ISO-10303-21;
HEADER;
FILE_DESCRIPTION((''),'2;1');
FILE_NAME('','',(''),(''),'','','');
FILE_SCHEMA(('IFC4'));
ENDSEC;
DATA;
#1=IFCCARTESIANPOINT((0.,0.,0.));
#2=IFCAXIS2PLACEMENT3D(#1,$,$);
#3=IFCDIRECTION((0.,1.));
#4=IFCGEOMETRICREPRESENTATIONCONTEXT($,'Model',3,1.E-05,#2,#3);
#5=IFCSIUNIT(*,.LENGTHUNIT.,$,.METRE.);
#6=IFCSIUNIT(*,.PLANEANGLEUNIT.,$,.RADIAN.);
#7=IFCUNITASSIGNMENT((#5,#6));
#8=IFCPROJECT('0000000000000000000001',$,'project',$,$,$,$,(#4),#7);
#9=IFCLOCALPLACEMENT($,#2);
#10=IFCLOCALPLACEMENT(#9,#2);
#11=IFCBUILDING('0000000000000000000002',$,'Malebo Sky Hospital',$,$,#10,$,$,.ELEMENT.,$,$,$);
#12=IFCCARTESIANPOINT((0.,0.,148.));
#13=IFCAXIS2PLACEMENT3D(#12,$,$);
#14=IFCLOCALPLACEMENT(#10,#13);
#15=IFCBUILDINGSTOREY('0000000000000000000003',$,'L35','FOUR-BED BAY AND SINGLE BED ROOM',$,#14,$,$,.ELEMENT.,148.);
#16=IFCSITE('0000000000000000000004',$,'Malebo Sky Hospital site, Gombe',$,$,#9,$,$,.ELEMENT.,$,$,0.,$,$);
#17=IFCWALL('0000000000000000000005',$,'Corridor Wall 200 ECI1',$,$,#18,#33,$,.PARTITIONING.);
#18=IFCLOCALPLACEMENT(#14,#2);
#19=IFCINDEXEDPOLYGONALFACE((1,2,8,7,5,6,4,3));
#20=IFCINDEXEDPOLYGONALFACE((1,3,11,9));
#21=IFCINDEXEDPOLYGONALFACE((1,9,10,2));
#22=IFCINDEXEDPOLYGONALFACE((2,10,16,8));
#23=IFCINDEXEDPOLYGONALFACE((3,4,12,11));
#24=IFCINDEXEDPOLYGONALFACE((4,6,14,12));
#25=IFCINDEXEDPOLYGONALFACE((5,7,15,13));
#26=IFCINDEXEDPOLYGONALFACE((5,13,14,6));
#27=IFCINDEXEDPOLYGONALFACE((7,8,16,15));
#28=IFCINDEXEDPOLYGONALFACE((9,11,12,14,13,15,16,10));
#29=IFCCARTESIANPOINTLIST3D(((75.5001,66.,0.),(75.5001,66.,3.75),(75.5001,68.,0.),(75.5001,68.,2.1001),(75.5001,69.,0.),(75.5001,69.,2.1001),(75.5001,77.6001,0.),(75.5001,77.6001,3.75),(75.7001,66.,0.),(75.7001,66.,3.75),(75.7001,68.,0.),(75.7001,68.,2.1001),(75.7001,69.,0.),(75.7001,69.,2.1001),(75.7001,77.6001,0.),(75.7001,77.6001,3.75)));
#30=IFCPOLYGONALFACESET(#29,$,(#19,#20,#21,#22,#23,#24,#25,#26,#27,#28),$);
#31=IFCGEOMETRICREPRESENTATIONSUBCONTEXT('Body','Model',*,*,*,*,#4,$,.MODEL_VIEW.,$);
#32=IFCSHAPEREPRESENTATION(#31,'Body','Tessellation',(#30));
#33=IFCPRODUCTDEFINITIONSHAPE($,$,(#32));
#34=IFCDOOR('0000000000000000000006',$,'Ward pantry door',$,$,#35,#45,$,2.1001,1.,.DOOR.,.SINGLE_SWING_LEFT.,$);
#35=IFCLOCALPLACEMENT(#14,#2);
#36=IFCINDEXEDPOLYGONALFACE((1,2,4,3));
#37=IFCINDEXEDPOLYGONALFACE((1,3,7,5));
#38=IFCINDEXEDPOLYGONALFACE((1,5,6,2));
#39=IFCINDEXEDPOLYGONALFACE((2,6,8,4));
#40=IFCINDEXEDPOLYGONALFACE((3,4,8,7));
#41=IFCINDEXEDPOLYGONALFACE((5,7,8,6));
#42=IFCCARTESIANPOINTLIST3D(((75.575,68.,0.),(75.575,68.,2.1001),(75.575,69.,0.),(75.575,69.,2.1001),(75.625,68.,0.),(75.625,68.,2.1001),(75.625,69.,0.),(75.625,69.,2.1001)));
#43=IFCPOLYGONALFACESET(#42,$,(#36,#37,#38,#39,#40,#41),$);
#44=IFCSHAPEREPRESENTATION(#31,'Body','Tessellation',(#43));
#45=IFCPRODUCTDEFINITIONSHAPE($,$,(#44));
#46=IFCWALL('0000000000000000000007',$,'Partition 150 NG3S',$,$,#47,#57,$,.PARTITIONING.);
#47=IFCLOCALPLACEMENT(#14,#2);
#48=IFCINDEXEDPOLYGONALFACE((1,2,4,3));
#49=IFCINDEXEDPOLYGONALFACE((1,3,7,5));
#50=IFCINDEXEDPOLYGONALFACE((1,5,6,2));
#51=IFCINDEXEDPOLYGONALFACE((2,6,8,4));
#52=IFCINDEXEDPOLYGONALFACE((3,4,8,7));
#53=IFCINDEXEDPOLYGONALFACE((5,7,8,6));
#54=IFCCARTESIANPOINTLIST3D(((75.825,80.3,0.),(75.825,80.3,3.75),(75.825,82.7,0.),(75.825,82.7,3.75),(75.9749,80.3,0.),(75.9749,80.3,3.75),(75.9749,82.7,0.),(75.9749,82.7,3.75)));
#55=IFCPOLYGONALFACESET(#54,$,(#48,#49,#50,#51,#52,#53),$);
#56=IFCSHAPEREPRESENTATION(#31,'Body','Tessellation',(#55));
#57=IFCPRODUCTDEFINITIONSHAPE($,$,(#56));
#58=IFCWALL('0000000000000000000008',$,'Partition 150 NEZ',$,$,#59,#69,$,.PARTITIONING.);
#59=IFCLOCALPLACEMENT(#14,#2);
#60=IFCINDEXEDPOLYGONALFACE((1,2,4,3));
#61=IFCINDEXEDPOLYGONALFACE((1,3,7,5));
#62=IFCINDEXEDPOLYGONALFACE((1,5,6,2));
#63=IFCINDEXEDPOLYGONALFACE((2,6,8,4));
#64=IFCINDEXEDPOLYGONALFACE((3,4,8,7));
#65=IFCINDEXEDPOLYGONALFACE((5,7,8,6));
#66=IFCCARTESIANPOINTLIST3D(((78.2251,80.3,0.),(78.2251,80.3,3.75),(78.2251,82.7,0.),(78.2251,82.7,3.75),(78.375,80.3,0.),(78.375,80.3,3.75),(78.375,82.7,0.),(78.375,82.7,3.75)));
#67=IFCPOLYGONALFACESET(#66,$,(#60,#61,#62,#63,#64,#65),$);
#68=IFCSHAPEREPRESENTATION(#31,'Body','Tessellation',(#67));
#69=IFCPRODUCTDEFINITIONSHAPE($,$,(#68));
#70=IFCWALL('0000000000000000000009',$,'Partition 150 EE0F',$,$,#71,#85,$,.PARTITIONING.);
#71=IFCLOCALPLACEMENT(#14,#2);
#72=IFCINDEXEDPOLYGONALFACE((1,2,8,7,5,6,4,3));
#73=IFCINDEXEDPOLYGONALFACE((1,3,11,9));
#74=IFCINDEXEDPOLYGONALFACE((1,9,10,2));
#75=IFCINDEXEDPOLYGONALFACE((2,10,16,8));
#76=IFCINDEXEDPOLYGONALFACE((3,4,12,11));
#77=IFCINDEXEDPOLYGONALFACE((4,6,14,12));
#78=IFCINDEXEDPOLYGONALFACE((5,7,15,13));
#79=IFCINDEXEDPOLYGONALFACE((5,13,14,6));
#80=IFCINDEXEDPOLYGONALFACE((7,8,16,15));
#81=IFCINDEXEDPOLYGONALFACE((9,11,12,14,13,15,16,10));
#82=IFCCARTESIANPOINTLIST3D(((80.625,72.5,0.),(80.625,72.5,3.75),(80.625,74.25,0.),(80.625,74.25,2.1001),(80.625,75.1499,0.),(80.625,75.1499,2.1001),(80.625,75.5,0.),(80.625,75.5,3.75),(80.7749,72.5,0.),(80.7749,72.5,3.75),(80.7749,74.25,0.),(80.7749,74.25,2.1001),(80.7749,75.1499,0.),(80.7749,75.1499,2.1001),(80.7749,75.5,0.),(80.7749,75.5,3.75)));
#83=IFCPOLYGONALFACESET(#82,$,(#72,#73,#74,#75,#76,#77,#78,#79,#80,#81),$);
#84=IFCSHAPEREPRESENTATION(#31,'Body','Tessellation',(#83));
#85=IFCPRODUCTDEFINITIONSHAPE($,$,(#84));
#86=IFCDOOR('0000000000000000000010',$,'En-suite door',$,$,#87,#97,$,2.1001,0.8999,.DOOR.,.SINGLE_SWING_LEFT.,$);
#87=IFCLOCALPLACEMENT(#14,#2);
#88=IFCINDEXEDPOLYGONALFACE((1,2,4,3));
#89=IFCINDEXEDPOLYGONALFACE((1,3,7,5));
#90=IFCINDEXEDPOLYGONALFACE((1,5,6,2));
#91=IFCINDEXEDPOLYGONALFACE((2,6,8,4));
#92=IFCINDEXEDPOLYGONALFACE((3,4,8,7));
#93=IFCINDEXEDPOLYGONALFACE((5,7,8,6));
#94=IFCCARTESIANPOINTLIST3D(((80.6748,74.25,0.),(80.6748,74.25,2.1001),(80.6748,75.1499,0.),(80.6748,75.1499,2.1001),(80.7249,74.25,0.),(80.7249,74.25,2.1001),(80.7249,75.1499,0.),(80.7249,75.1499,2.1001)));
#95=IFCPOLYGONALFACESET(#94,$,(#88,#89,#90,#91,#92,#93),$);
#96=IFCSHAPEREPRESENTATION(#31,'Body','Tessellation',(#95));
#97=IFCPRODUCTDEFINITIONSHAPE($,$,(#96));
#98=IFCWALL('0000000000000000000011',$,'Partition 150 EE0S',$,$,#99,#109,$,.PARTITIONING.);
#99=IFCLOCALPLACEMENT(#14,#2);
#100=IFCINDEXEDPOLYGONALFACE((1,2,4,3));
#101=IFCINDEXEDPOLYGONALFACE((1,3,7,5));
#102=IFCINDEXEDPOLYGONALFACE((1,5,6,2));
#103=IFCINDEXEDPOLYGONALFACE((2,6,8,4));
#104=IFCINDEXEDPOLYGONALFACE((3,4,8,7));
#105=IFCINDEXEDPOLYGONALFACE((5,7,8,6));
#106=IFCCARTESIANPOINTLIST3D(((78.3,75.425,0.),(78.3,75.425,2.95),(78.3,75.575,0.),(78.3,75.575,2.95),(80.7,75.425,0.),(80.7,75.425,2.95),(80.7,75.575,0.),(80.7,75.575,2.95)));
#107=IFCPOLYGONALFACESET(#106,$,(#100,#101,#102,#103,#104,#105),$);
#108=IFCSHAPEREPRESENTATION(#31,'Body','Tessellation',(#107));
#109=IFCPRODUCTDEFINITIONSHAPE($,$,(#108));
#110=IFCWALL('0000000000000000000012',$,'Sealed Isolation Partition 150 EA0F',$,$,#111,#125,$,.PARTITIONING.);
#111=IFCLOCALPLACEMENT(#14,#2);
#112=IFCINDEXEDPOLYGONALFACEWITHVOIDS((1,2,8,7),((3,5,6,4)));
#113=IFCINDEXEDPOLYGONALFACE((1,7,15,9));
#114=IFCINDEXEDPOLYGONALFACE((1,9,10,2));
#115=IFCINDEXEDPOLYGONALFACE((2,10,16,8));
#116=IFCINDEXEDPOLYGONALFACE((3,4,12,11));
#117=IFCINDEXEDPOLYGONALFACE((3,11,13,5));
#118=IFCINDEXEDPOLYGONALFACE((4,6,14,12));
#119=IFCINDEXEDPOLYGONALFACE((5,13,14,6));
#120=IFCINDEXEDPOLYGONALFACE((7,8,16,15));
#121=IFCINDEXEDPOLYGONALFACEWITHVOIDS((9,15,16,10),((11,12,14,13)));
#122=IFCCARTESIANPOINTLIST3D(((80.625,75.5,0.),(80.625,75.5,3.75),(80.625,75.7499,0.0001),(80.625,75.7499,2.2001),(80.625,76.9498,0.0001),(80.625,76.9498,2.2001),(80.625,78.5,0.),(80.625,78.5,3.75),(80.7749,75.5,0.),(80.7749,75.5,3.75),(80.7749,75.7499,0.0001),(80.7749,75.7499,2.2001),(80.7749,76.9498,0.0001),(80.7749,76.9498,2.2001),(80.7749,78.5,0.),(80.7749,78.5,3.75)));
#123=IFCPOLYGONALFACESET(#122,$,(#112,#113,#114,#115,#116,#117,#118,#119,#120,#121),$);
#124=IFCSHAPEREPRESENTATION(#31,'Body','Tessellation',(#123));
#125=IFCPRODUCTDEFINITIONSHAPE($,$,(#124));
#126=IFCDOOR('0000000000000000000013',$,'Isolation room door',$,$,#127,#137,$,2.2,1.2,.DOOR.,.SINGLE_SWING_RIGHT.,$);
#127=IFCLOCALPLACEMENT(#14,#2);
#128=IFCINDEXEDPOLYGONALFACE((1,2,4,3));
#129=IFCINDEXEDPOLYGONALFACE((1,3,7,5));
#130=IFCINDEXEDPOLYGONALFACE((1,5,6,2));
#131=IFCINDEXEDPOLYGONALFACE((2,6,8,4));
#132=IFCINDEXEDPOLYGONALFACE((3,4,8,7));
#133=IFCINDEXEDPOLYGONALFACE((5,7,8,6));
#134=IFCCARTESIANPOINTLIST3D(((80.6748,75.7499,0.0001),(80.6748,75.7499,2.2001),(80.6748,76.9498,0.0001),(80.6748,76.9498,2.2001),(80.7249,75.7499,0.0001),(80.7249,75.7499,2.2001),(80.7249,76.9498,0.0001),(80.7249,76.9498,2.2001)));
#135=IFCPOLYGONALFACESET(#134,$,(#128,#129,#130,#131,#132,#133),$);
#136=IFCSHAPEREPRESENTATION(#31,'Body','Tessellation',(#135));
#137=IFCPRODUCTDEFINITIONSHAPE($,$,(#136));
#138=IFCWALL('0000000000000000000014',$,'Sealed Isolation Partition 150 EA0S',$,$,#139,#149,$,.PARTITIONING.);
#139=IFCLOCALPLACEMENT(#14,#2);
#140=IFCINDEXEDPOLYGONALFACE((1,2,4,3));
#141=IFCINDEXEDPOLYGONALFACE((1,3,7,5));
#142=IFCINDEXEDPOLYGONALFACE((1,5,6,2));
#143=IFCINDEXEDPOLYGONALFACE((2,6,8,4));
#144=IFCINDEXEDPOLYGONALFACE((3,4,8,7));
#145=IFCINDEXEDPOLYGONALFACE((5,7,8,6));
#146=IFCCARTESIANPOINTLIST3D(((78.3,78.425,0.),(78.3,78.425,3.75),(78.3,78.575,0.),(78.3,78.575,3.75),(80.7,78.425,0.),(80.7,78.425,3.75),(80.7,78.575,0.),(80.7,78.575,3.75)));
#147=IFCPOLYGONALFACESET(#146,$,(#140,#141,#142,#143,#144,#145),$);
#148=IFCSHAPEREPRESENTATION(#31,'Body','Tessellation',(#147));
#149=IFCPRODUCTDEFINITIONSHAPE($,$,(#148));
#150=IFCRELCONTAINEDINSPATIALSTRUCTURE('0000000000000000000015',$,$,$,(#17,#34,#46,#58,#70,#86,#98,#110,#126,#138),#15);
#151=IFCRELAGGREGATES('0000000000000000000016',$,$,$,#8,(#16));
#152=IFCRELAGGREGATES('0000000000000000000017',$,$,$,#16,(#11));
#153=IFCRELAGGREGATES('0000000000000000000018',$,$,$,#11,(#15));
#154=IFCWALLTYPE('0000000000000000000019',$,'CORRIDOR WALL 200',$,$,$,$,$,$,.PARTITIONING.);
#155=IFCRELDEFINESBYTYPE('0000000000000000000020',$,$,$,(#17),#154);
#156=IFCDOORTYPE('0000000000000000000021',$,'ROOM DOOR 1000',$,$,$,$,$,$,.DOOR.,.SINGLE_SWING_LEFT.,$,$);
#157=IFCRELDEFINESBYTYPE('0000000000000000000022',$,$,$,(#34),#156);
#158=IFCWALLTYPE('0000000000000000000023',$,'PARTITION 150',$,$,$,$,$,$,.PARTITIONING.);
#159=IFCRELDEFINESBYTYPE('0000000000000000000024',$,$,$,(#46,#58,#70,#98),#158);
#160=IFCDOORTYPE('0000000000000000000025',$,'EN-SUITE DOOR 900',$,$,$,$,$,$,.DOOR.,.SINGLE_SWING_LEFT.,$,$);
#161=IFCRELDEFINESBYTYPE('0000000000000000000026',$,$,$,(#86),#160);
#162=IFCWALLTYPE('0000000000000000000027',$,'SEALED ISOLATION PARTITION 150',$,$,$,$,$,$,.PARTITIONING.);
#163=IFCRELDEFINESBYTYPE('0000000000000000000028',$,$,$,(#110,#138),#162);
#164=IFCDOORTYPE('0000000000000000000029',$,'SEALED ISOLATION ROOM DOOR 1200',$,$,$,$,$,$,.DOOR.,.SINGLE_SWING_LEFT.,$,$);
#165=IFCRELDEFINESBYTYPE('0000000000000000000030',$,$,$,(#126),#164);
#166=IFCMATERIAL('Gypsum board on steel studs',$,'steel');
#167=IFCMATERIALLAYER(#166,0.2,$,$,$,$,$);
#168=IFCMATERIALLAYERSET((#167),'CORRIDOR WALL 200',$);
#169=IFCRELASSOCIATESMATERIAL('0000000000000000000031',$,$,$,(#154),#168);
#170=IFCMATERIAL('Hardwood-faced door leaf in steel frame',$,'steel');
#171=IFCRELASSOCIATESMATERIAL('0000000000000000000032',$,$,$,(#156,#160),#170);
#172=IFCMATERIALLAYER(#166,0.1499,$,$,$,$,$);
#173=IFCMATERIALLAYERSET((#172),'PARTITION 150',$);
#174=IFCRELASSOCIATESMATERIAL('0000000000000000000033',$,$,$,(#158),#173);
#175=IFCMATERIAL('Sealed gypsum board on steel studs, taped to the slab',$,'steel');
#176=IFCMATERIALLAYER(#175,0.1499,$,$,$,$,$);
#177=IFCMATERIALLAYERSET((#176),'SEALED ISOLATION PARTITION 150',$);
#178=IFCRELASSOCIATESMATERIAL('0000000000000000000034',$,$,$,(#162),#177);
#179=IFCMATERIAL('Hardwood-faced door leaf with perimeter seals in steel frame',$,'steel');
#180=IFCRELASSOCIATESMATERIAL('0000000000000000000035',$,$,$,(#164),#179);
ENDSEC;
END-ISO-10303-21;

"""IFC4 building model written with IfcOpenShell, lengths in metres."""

from ifc_helpers import new_model, si_unit, direction, frame, frame_2d, origin, place, context, subcontext, project, spatial, rectangle, extrude, material, layer, layer_set, type_object, element, fill, save


model = new_model("IFC4")

# Units and contexts
model_context = context("Model", 3, precision=1e-05, world=origin(), true_north=direction((0.0, 1.0)))
body_context = subcontext(model_context, "Body", "Model", "MODEL_VIEW")
ifc_project = project(units=[si_unit("LENGTHUNIT", "METRE"), si_unit("PLANEANGLEUNIT", "RADIAN")], contexts=[model_context])

# Site, building, storey
site_placement = place(None, origin())
site = spatial("IfcSite", under=ifc_project, at=site_placement, Name="Malebo Sky Hospital site, Gombe", CompositionType="ELEMENT", RefElevation=0.0)
building_placement = place(site_placement, origin())
building = spatial("IfcBuilding", under=site, at=building_placement, Name="Malebo Sky Hospital", CompositionType="ELEMENT")
storey_placement = place(building_placement, frame((0.0, 0.0, 148.0)))
storey = spatial("IfcBuildingStorey", under=building, at=storey_placement, Name="L35", Description="FOUR-BED BAY AND SINGLE BED ROOM", CompositionType="ELEMENT", Elevation=148.0)

# Wall, opening, door
ifc_material_1 = material(Name="Gypsum board on steel studs", Category="steel")
ifc_layer_1 = layer(ifc_material_1, 0.2)
ifc_layer_set_1 = layer_set([ifc_layer_1], Name="CORRIDOR WALL 200")
wall_type_1 = type_object("IfcWallType", Name="CORRIDOR WALL 200", PredefinedType="PARTITIONING", material=ifc_layer_set_1)
wall_1_placement = place(storey_placement, frame((75.6001, 77.6001, 0.0), z_axis=(0.0, 0.0, 1.0), x_axis=(0.0, -1.0, 0.0)))
wall_1 = element("IfcWall", 1, at=wall_1_placement, inside=storey, type_object=wall_type_1, Name="Corridor Wall 200 ECI1", PredefinedType="PARTITIONING", context=body_context, shape_type="SweptSolid", body=[
    extrude(rectangle(XDim=11.6001, YDim=0.2, at=frame_2d((5.8, 0.0))), origin(), (0.0, 0.0, 1.0), 3.75),
])
opening_1_placement = place(wall_1_placement, frame((8.6001, 0.0, 0.0)))
opening_1 = element("IfcOpeningElement", 2, at=opening_1_placement, cuts=wall_1, PredefinedType="OPENING", context=body_context, shape_type="SweptSolid", body=[
    extrude(rectangle(XDim=1.0, YDim=2.1001, at=frame_2d((0.5, 1.05))), frame((0.0, 0.1099, 0.0), z_axis=(0.0, -1.0, 0.0), x_axis=(1.0, 0.0, 0.0)), (0.0, 0.0, 1.0), 0.22),
])
ifc_material_2 = material(Name="Hardwood-faced door leaf in steel frame", Category="steel")
door_type_1 = type_object("IfcDoorType", Name="ROOM DOOR 1000", OperationType="SINGLE_SWING_LEFT", PredefinedType="DOOR", material=ifc_material_2)
door_1_placement = place(opening_1_placement, origin())
door_1 = element("IfcDoor", 3, at=door_1_placement, inside=storey, type_object=door_type_1, Name="Ward pantry door", OperationType="SINGLE_SWING_LEFT", OverallHeight=2.1001, OverallWidth=1.0, PredefinedType="DOOR", context=body_context, shape_type="SweptSolid", body=[
    extrude(rectangle(XDim=1.0, YDim=2.1001, at=frame_2d((0.5, 1.05))), frame((0.0, 0.0249, 0.0), z_axis=(0.0, -1.0, 0.0), x_axis=(1.0, 0.0, 0.0)), (0.0, 0.0, 1.0), 0.05),
])
fill(opening_1, door_1)

# Walls
ifc_layer_2 = layer(ifc_material_1, 0.1499)
ifc_layer_set_2 = layer_set([ifc_layer_2], Name="PARTITION 150")
wall_type_2 = type_object("IfcWallType", Name="PARTITION 150", PredefinedType="PARTITIONING", material=ifc_layer_set_2)
for number, where, z_axis, x_axis, name in (
    (4, (75.8999, 80.3, 0.0), (0.0, 0.0, 1.0), (0.0, 1.0, 0.0), "Partition 150 NG3S"),
    (5, (78.3, 80.3, 0.0), (0.0, 0.0, 1.0), (0.0, 1.0, 0.0), "Partition 150 NEZ"),
):
    element("IfcWall", number, at=place(storey_placement, frame(where, z_axis=z_axis, x_axis=x_axis)), inside=storey, type_object=wall_type_2, Name=name, PredefinedType="PARTITIONING", context=body_context, shape_type="SweptSolid", body=[
        extrude(rectangle(XDim=2.3999, YDim=0.1499, at=frame_2d((1.2, 0.0))), origin(), (0.0, 0.0, 1.0), 3.75),
    ])

# Wall, opening, door
wall_2_placement = place(storey_placement, frame((80.7, 75.5, 0.0), z_axis=(0.0, 0.0, 1.0), x_axis=(0.0, -1.0, 0.0)))
wall_2 = element("IfcWall", 6, at=wall_2_placement, inside=storey, type_object=wall_type_2, Name="Partition 150 EE0F", PredefinedType="PARTITIONING", context=body_context, shape_type="SweptSolid", body=[
    extrude(rectangle(XDim=3.0, YDim=0.1499, at=frame_2d((1.5, 0.0))), origin(), (0.0, 0.0, 1.0), 3.75),
])
opening_2_placement = place(wall_2_placement, frame((0.3501, 0.0, 0.0)))
opening_2 = element("IfcOpeningElement", 7, at=opening_2_placement, cuts=wall_2, PredefinedType="OPENING", context=body_context, shape_type="SweptSolid", body=[
    extrude(rectangle(XDim=0.8999, YDim=2.1001, at=frame_2d((0.45, 1.05))), frame((0.0, 0.085, 0.0), z_axis=(0.0, -1.0, 0.0), x_axis=(1.0, 0.0, 0.0)), (0.0, 0.0, 1.0), 0.1699),
])
door_type_2 = type_object("IfcDoorType", Name="EN-SUITE DOOR 900", OperationType="SINGLE_SWING_LEFT", PredefinedType="DOOR", material=ifc_material_2)
door_2_placement = place(opening_2_placement, origin())
door_2 = element("IfcDoor", 8, at=door_2_placement, inside=storey, type_object=door_type_2, Name="En-suite door", OperationType="SINGLE_SWING_LEFT", OverallHeight=2.1001, OverallWidth=0.8999, PredefinedType="DOOR", context=body_context, shape_type="SweptSolid", body=[
    extrude(rectangle(XDim=0.8999, YDim=2.1001, at=frame_2d((0.45, 1.05))), frame((0.0, 0.0249, 0.0), z_axis=(0.0, -1.0, 0.0), x_axis=(1.0, 0.0, 0.0)), (0.0, 0.0, 1.0), 0.05),
])
fill(opening_2, door_2)

# Wall
wall_3_placement = place(storey_placement, frame((78.3, 75.5, 0.0), z_axis=(0.0, 0.0, 1.0), x_axis=(1.0, 0.0, 0.0)))
element("IfcWall", 9, at=wall_3_placement, inside=storey, type_object=wall_type_2, Name="Partition 150 EE0S", PredefinedType="PARTITIONING", context=body_context, shape_type="SweptSolid", body=[
    extrude(rectangle(XDim=2.3999, YDim=0.1499, at=frame_2d((1.2, 0.0))), origin(), (0.0, 0.0, 1.0), 2.95),
])

# Wall, opening, door
ifc_material_3 = material(Name="Sealed gypsum board on steel studs, taped to the slab", Category="steel")
ifc_layer_3 = layer(ifc_material_3, 0.1499)
ifc_layer_set_3 = layer_set([ifc_layer_3], Name="SEALED ISOLATION PARTITION 150")
wall_type_3 = type_object("IfcWallType", Name="SEALED ISOLATION PARTITION 150", PredefinedType="PARTITIONING", material=ifc_layer_set_3)
wall_4_placement = place(storey_placement, frame((80.7, 78.5, 0.0), z_axis=(0.0, 0.0, 1.0), x_axis=(0.0, -1.0, 0.0)))
wall_4 = element("IfcWall", 10, at=wall_4_placement, inside=storey, type_object=wall_type_3, Name="Sealed Isolation Partition 150 EA0F", PredefinedType="PARTITIONING", context=body_context, shape_type="SweptSolid", body=[
    extrude(rectangle(XDim=3.0, YDim=0.1499, at=frame_2d((1.5, 0.0))), origin(), (0.0, 0.0, 1.0), 3.75),
])
opening_3_placement = place(wall_4_placement, frame((1.55, 0.0, 0.0)))
opening_3 = element("IfcOpeningElement", 11, at=opening_3_placement, cuts=wall_4, PredefinedType="OPENING", context=body_context, shape_type="SweptSolid", body=[
    extrude(rectangle(XDim=1.2, YDim=2.2, at=frame_2d((0.6001, 1.1001))), frame((0.0, 0.085, 0.0), z_axis=(0.0, -1.0, 0.0), x_axis=(1.0, 0.0, 0.0)), (0.0, 0.0, 1.0), 0.1699),
])
ifc_material_4 = material(Name="Hardwood-faced door leaf with perimeter seals in steel frame", Category="steel")
door_type_3 = type_object("IfcDoorType", Name="SEALED ISOLATION ROOM DOOR 1200", OperationType="SINGLE_SWING_LEFT", PredefinedType="DOOR", material=ifc_material_4)
door_3_placement = place(opening_3_placement, origin())
door_3 = element("IfcDoor", 12, at=door_3_placement, inside=storey, type_object=door_type_3, Name="Isolation room door", OperationType="SINGLE_SWING_RIGHT", OverallHeight=2.2, OverallWidth=1.2, PredefinedType="DOOR", context=body_context, shape_type="SweptSolid", body=[
    extrude(rectangle(XDim=1.2, YDim=2.2, at=frame_2d((0.6001, 1.1001))), frame((0.0, 0.0249, 0.0), z_axis=(0.0, -1.0, 0.0), x_axis=(1.0, 0.0, 0.0)), (0.0, 0.0, 1.0), 0.05),
])
fill(opening_3, door_3)

# Wall
wall_5_placement = place(storey_placement, frame((78.3, 78.5, 0.0), z_axis=(0.0, 0.0, 1.0), x_axis=(1.0, 0.0, 0.0)))
element("IfcWall", 13, at=wall_5_placement, inside=storey, type_object=wall_type_3, Name="Sealed Isolation Partition 150 EA0S", PredefinedType="PARTITIONING", context=body_context, shape_type="SweptSolid", body=[
    extrude(rectangle(XDim=2.3999, YDim=0.1499, at=frame_2d((1.2, 0.0))), origin(), (0.0, 0.0, 1.0), 3.75),
])

save(model, "model.ifc")
